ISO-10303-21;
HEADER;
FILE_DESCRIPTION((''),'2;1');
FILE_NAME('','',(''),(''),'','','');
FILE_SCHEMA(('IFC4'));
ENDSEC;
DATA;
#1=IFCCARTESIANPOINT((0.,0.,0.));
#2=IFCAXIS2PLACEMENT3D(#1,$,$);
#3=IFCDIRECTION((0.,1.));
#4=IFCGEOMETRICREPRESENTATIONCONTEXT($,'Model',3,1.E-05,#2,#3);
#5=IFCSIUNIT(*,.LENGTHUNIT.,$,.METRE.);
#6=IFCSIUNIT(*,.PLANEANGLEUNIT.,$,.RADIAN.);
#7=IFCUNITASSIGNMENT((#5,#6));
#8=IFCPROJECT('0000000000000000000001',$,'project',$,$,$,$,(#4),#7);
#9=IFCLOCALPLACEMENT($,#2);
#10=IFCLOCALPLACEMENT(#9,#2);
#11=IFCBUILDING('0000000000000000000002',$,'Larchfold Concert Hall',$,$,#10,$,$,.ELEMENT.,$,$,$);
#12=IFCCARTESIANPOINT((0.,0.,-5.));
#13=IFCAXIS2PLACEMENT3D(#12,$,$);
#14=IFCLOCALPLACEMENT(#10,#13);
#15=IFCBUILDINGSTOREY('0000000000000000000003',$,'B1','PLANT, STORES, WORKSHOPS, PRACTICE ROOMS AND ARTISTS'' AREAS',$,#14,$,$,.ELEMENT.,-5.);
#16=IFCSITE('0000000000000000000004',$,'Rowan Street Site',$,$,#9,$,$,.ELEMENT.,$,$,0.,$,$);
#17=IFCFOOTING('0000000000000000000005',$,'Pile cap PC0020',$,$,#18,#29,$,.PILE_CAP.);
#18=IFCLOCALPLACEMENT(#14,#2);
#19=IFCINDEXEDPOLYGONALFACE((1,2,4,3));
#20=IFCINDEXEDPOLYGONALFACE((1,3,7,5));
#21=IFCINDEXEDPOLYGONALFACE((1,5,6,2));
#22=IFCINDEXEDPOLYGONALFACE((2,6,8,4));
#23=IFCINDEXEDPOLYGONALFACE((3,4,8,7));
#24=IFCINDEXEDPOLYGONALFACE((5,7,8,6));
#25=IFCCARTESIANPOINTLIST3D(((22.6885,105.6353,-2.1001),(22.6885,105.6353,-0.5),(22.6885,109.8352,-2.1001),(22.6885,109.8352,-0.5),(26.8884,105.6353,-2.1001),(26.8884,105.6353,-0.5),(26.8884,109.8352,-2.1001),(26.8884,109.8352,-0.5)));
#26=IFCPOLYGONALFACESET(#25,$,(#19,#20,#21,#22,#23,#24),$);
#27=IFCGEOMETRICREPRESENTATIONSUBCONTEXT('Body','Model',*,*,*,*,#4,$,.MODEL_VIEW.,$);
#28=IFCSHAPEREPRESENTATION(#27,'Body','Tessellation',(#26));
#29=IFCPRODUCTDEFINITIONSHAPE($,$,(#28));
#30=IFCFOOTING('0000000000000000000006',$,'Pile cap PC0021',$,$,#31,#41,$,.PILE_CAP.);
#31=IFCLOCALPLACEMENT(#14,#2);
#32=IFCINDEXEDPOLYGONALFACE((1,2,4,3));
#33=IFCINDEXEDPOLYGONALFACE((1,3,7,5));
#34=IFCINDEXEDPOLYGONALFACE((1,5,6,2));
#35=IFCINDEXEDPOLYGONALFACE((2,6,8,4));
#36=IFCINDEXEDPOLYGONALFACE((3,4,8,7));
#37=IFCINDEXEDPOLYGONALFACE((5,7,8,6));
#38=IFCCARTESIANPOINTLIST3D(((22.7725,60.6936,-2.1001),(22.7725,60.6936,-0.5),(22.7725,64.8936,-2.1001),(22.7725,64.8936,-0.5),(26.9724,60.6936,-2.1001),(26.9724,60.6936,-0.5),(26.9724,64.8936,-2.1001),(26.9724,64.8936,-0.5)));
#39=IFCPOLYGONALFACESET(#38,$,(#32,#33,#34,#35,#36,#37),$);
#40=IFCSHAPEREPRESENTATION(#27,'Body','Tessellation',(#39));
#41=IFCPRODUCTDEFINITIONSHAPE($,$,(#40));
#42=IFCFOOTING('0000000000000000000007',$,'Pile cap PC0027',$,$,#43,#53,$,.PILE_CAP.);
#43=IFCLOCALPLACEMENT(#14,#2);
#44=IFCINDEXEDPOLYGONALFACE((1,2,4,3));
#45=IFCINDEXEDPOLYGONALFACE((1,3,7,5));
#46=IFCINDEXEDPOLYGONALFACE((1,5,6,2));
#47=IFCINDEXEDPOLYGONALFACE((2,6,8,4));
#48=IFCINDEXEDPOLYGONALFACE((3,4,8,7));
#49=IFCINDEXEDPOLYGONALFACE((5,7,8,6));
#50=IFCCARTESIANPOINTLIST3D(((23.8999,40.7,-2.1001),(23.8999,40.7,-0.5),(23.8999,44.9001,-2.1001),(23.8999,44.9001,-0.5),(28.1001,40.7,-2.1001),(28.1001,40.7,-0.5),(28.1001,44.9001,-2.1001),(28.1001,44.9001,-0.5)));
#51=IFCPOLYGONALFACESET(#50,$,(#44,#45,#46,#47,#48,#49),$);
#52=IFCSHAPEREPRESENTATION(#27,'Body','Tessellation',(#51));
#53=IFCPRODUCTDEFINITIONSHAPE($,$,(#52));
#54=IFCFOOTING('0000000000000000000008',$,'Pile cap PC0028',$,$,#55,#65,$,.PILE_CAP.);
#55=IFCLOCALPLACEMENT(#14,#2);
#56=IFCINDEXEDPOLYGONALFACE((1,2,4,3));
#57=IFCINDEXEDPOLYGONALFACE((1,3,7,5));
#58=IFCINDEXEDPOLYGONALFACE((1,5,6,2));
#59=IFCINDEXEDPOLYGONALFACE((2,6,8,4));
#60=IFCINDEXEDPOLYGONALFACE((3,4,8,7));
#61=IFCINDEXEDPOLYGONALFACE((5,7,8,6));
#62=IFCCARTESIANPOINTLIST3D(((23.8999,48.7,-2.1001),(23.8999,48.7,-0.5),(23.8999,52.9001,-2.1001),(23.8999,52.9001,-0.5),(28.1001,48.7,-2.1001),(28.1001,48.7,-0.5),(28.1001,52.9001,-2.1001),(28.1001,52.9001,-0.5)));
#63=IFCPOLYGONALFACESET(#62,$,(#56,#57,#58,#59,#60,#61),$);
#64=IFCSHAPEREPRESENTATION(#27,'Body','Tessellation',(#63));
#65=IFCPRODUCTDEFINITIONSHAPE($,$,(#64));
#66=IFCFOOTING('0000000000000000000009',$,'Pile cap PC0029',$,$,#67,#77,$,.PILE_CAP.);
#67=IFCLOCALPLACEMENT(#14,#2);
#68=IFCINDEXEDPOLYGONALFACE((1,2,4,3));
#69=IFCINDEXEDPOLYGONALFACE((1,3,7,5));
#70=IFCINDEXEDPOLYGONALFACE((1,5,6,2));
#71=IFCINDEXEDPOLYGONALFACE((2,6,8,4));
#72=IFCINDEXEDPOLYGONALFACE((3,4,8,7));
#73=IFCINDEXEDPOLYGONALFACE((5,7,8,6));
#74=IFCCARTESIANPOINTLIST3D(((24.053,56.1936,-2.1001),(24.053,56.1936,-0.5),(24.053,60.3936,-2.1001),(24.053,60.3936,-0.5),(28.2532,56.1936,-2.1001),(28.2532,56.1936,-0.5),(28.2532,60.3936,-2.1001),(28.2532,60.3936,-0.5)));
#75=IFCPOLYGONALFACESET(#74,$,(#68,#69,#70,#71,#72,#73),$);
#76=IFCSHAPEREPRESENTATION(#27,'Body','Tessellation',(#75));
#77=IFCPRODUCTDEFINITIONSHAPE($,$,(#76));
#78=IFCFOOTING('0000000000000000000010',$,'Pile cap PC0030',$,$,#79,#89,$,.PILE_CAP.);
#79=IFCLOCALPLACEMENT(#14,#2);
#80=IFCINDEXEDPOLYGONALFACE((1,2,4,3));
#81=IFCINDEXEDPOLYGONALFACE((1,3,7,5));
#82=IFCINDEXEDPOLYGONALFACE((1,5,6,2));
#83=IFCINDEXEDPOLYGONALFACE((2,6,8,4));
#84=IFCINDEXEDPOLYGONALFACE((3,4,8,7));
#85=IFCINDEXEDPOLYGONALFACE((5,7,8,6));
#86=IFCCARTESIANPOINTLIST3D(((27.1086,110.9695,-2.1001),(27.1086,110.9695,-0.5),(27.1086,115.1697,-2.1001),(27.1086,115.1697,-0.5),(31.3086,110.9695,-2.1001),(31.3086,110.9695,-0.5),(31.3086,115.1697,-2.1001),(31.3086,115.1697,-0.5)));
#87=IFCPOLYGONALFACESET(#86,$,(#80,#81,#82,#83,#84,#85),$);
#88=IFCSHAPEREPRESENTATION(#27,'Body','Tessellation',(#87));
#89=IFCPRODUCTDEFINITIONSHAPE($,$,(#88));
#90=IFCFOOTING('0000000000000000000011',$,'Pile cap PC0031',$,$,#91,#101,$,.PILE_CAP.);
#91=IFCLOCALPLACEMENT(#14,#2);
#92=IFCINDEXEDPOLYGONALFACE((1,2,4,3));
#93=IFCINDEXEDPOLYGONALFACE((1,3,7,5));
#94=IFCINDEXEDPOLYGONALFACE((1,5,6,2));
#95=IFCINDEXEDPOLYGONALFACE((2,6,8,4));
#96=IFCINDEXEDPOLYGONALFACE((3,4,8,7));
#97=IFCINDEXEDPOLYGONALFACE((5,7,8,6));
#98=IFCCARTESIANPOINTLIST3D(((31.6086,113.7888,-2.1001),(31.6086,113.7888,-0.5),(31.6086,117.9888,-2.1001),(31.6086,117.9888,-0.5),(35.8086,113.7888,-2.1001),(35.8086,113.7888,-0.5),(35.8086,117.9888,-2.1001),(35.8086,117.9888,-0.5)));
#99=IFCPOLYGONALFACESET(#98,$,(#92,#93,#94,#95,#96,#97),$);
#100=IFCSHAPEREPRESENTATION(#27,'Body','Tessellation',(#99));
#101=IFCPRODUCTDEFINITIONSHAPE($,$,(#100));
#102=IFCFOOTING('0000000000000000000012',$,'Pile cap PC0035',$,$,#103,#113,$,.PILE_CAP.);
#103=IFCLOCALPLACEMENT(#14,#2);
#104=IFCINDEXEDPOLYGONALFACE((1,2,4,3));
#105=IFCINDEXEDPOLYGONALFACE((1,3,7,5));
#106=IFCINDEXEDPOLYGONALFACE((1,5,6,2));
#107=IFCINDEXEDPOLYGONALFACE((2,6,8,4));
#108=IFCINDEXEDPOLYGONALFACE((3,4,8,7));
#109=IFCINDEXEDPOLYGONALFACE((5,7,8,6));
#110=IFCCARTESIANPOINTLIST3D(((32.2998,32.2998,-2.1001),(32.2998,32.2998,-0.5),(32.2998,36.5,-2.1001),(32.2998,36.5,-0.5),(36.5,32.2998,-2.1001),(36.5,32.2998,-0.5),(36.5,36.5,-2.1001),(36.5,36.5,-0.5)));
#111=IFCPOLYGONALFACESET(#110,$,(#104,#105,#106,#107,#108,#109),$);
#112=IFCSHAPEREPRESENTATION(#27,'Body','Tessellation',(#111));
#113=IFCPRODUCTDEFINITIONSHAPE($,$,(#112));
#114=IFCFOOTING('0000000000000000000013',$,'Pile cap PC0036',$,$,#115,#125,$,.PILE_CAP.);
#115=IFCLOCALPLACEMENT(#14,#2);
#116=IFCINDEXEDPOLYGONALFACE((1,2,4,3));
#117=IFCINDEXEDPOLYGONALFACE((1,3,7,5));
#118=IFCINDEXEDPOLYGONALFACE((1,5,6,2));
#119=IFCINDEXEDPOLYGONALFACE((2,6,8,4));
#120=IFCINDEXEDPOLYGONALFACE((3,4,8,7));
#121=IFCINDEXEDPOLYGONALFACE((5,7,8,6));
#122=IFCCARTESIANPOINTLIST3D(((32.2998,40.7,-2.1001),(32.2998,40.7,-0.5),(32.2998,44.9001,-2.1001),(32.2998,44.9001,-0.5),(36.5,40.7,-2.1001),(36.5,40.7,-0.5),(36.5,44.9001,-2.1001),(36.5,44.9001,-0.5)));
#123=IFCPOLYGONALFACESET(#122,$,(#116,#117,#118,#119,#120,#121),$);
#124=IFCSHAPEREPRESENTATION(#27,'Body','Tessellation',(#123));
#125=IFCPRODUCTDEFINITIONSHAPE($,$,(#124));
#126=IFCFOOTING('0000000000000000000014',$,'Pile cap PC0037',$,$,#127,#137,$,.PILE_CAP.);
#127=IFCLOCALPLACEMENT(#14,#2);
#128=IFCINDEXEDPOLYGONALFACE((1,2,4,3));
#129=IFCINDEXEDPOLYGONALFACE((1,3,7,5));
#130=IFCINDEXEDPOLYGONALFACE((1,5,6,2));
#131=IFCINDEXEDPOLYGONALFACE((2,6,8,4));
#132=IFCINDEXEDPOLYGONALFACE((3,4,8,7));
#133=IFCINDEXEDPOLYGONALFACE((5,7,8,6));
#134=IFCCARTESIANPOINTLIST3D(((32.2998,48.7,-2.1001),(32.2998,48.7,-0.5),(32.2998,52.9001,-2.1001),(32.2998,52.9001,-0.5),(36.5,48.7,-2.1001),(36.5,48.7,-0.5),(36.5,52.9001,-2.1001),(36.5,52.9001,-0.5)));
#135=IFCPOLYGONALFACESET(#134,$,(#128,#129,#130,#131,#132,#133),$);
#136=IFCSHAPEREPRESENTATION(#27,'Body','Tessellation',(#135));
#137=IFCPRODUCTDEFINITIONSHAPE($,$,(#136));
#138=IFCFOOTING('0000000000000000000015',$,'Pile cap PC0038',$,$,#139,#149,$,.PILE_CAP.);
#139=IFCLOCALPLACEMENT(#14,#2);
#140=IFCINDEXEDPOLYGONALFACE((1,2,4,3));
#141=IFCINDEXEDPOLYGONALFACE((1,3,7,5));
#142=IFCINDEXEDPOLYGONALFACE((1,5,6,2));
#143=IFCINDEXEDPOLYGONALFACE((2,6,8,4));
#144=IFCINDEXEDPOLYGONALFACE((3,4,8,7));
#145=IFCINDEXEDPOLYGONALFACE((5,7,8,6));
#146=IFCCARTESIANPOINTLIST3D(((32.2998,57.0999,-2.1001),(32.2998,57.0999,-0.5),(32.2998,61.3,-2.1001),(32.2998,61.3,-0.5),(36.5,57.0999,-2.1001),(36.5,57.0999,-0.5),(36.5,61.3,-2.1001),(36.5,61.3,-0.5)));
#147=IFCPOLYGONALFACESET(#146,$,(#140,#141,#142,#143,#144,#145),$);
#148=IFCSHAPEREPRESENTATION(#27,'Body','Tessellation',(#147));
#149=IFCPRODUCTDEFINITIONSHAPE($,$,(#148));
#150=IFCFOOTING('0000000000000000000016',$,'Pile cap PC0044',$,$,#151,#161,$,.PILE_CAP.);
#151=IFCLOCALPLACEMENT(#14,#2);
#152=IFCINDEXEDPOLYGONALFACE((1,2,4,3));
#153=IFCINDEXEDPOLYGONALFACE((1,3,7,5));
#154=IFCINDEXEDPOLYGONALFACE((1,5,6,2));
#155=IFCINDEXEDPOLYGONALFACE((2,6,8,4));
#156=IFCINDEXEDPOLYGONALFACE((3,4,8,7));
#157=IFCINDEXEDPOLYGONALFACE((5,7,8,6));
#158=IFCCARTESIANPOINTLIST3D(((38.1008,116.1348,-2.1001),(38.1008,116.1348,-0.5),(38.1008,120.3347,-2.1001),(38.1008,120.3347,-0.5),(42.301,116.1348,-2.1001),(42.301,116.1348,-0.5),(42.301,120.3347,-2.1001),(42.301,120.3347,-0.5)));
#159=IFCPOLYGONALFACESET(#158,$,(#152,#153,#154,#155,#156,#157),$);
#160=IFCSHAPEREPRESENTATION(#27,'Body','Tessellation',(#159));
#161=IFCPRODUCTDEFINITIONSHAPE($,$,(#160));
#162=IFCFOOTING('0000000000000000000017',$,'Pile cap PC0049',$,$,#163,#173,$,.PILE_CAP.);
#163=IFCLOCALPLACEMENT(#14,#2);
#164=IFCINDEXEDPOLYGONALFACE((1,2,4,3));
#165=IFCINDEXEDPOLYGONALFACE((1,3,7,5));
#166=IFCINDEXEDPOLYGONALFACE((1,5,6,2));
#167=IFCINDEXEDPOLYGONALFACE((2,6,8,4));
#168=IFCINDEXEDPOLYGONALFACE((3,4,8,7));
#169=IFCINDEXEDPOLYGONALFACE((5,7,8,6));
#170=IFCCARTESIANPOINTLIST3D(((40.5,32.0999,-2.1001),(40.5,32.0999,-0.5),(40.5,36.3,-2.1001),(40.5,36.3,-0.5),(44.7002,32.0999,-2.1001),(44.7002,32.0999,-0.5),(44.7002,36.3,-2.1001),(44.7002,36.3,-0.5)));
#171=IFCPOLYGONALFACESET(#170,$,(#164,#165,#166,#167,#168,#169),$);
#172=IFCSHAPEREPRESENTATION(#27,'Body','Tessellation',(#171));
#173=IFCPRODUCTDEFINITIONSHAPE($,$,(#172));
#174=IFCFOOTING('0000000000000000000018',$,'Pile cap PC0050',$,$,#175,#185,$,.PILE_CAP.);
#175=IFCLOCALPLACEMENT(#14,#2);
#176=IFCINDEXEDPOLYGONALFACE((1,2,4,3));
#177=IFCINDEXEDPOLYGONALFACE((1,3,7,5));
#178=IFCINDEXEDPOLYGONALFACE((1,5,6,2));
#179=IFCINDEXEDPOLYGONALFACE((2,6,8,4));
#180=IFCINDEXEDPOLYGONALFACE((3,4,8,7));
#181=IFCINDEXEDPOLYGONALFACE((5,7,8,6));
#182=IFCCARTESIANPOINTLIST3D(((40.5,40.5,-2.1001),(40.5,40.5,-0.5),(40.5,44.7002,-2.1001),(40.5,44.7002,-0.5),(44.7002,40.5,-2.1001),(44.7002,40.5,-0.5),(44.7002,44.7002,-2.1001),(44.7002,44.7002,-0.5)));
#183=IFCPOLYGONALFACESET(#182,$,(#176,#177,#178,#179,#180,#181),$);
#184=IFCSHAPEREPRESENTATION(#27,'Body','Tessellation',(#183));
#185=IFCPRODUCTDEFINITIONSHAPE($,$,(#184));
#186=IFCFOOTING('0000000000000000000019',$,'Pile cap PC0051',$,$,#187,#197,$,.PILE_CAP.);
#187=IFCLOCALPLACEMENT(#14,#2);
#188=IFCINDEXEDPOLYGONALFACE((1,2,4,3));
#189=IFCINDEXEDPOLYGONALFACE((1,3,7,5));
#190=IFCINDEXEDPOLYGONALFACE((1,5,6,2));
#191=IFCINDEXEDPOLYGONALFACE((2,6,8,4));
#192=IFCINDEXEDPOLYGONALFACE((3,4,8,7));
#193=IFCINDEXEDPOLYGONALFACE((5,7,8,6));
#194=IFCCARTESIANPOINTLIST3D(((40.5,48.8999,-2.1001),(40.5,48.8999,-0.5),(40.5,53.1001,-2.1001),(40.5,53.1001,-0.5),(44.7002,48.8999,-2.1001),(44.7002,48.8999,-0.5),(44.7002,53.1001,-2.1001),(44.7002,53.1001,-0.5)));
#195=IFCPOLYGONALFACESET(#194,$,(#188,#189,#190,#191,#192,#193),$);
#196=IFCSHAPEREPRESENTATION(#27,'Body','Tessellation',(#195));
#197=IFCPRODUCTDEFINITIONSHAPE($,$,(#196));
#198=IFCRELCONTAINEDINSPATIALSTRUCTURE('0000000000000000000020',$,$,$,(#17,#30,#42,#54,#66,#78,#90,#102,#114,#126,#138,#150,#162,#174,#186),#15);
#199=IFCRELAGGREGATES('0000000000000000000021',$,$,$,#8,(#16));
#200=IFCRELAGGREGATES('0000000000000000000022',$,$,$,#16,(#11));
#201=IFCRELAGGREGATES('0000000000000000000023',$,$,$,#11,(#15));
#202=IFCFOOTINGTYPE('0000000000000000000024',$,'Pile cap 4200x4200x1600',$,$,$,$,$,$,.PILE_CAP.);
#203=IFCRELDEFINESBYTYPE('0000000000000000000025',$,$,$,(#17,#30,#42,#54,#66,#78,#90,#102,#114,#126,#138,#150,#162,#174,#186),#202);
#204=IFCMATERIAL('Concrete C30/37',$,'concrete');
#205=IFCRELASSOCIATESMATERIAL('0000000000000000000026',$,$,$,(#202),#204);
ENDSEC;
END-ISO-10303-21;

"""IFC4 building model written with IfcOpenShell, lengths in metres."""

from ifc_helpers import new_model, si_unit, direction, frame, origin, place, context, subcontext, project, spatial, polyline, outline, extrude, material, type_object, element, save


model = new_model("IFC4")

# Units and contexts
model_context = context("Model", 3, precision=1e-05, world=origin(), true_north=direction((0.0, 1.0)))
body_context = subcontext(model_context, "Body", "Model", "MODEL_VIEW")
ifc_project = project(units=[si_unit("LENGTHUNIT", "METRE"), si_unit("PLANEANGLEUNIT", "RADIAN")], contexts=[model_context])

# Site, building, storey
site_placement = place(None, origin())
site = spatial("IfcSite", under=ifc_project, at=site_placement, Name="Rowan Street Site", CompositionType="ELEMENT", RefElevation=0.0)
building_placement = place(site_placement, origin())
building = spatial("IfcBuilding", under=site, at=building_placement, Name="Larchfold Concert Hall", CompositionType="ELEMENT")
storey_placement = place(building_placement, frame((0.0, 0.0, -5.0)))
storey = spatial("IfcBuildingStorey", under=building, at=storey_placement, Name="B1", Description="PLANT, STORES, WORKSHOPS, PRACTICE ROOMS AND ARTISTS' AREAS", CompositionType="ELEMENT", Elevation=-5.0)

# Footings
ifc_material_1 = material(Name="Concrete C30/37", Category="concrete")
footing_type_1 = type_object("IfcFootingType", Name="Pile cap 4200x4200x1600", PredefinedType="PILE_CAP", material=ifc_material_1)
footing_1_placement = place(storey_placement, frame((0.0, 0.0, -2.1001)))
element("IfcFooting", 1, at=footing_1_placement, inside=storey, type_object=footing_type_1, Name="Pile cap PC0020", PredefinedType="PILE_CAP", context=body_context, shape_type="SweptSolid", body=[
    extrude(outline(polyline([(26.8884, 105.6353), (26.8884, 109.8352), (22.6885, 109.8352), (22.6885, 105.6353), (26.8884, 105.6353)])), origin(), (0.0, 0.0, 1.0), 1.6001),
])
footing_2_placement = place(storey_placement, frame((0.0, 0.0, -2.1001)))
element("IfcFooting", 2, at=footing_2_placement, inside=storey, type_object=footing_type_1, Name="Pile cap PC0021", PredefinedType="PILE_CAP", context=body_context, shape_type="SweptSolid", body=[
    extrude(outline(polyline([(26.9724, 60.6936), (26.9724, 64.8936), (22.7725, 64.8936), (22.7725, 60.6936), (26.9724, 60.6936)])), origin(), (0.0, 0.0, 1.0), 1.6001),
])
footing_3_placement = place(storey_placement, frame((0.0, 0.0, -2.1001)))
element("IfcFooting", 3, at=footing_3_placement, inside=storey, type_object=footing_type_1, Name="Pile cap PC0027", PredefinedType="PILE_CAP", context=body_context, shape_type="SweptSolid", body=[
    extrude(outline(polyline([(28.1001, 40.7), (28.1001, 44.9001), (23.8999, 44.9001), (23.8999, 40.7), (28.1001, 40.7)])), origin(), (0.0, 0.0, 1.0), 1.6001),
])
footing_4_placement = place(storey_placement, frame((0.0, 0.0, -2.1001)))
element("IfcFooting", 4, at=footing_4_placement, inside=storey, type_object=footing_type_1, Name="Pile cap PC0028", PredefinedType="PILE_CAP", context=body_context, shape_type="SweptSolid", body=[
    extrude(outline(polyline([(28.1001, 48.7), (28.1001, 52.9001), (23.8999, 52.9001), (23.8999, 48.7), (28.1001, 48.7)])), origin(), (0.0, 0.0, 1.0), 1.6001),
])
footing_5_placement = place(storey_placement, frame((0.0, 0.0, -2.1001)))
element("IfcFooting", 5, at=footing_5_placement, inside=storey, type_object=footing_type_1, Name="Pile cap PC0029", PredefinedType="PILE_CAP", context=body_context, shape_type="SweptSolid", body=[
    extrude(outline(polyline([(28.2532, 56.1936), (28.2532, 60.3936), (24.053, 60.3936), (24.053, 56.1936), (28.2532, 56.1936)])), origin(), (0.0, 0.0, 1.0), 1.6001),
])
footing_6_placement = place(storey_placement, frame((0.0, 0.0, -2.1001)))
element("IfcFooting", 6, at=footing_6_placement, inside=storey, type_object=footing_type_1, Name="Pile cap PC0030", PredefinedType="PILE_CAP", context=body_context, shape_type="SweptSolid", body=[
    extrude(outline(polyline([(31.3086, 110.9695), (31.3086, 115.1697), (27.1086, 115.1697), (27.1086, 110.9695), (31.3086, 110.9695)])), origin(), (0.0, 0.0, 1.0), 1.6001),
])
footing_7_placement = place(storey_placement, frame((0.0, 0.0, -2.1001)))
element("IfcFooting", 7, at=footing_7_placement, inside=storey, type_object=footing_type_1, Name="Pile cap PC0031", PredefinedType="PILE_CAP", context=body_context, shape_type="SweptSolid", body=[
    extrude(outline(polyline([(35.8086, 113.7888), (35.8086, 117.9888), (31.6086, 117.9888), (31.6086, 113.7888), (35.8086, 113.7888)])), origin(), (0.0, 0.0, 1.0), 1.6001),
])
footing_8_placement = place(storey_placement, frame((0.0, 0.0, -2.1001)))
element("IfcFooting", 8, at=footing_8_placement, inside=storey, type_object=footing_type_1, Name="Pile cap PC0035", PredefinedType="PILE_CAP", context=body_context, shape_type="SweptSolid", body=[
    extrude(outline(polyline([(36.5, 32.2998), (36.5, 36.5), (32.2998, 36.5), (32.2998, 32.2998), (36.5, 32.2998)])), origin(), (0.0, 0.0, 1.0), 1.6001),
])
footing_9_placement = place(storey_placement, frame((0.0, 0.0, -2.1001)))
element("IfcFooting", 9, at=footing_9_placement, inside=storey, type_object=footing_type_1, Name="Pile cap PC0036", PredefinedType="PILE_CAP", context=body_context, shape_type="SweptSolid", body=[
    extrude(outline(polyline([(36.5, 40.7), (36.5, 44.9001), (32.2998, 44.9001), (32.2998, 40.7), (36.5, 40.7)])), origin(), (0.0, 0.0, 1.0), 1.6001),
])
footing_10_placement = place(storey_placement, frame((0.0, 0.0, -2.1001)))
element("IfcFooting", 10, at=footing_10_placement, inside=storey, type_object=footing_type_1, Name="Pile cap PC0037", PredefinedType="PILE_CAP", context=body_context, shape_type="SweptSolid", body=[
    extrude(outline(polyline([(36.5, 48.7), (36.5, 52.9001), (32.2998, 52.9001), (32.2998, 48.7), (36.5, 48.7)])), origin(), (0.0, 0.0, 1.0), 1.6001),
])
footing_11_placement = place(storey_placement, frame((0.0, 0.0, -2.1001)))
element("IfcFooting", 11, at=footing_11_placement, inside=storey, type_object=footing_type_1, Name="Pile cap PC0038", PredefinedType="PILE_CAP", context=body_context, shape_type="SweptSolid", body=[
    extrude(outline(polyline([(36.5, 57.0999), (36.5, 61.3), (32.2998, 61.3), (32.2998, 57.0999), (36.5, 57.0999)])), origin(), (0.0, 0.0, 1.0), 1.6001),
])
footing_12_placement = place(storey_placement, frame((0.0, 0.0, -2.1001)))
element("IfcFooting", 12, at=footing_12_placement, inside=storey, type_object=footing_type_1, Name="Pile cap PC0044", PredefinedType="PILE_CAP", context=body_context, shape_type="SweptSolid", body=[
    extrude(outline(polyline([(42.301, 116.1348), (42.301, 120.3347), (38.1008, 120.3347), (38.1008, 116.1348), (42.301, 116.1348)])), origin(), (0.0, 0.0, 1.0), 1.6001),
])
footing_13_placement = place(storey_placement, frame((0.0, 0.0, -2.1001)))
element("IfcFooting", 13, at=footing_13_placement, inside=storey, type_object=footing_type_1, Name="Pile cap PC0049", PredefinedType="PILE_CAP", context=body_context, shape_type="SweptSolid", body=[
    extrude(outline(polyline([(44.7002, 32.0999), (44.7002, 36.3), (40.5, 36.3), (40.5, 32.0999), (44.7002, 32.0999)])), origin(), (0.0, 0.0, 1.0), 1.6001),
])
footing_14_placement = place(storey_placement, frame((0.0, 0.0, -2.1001)))
element("IfcFooting", 14, at=footing_14_placement, inside=storey, type_object=footing_type_1, Name="Pile cap PC0050", PredefinedType="PILE_CAP", context=body_context, shape_type="SweptSolid", body=[
    extrude(outline(polyline([(44.7002, 40.5), (44.7002, 44.7002), (40.5, 44.7002), (40.5, 40.5), (44.7002, 40.5)])), origin(), (0.0, 0.0, 1.0), 1.6001),
])
footing_15_placement = place(storey_placement, frame((0.0, 0.0, -2.1001)))
element("IfcFooting", 15, at=footing_15_placement, inside=storey, type_object=footing_type_1, Name="Pile cap PC0051", PredefinedType="PILE_CAP", context=body_context, shape_type="SweptSolid", body=[
    extrude(outline(polyline([(44.7002, 48.8999), (44.7002, 53.1001), (40.5, 53.1001), (40.5, 48.8999), (44.7002, 48.8999)])), origin(), (0.0, 0.0, 1.0), 1.6001),
])

save(model, "model.ifc")
